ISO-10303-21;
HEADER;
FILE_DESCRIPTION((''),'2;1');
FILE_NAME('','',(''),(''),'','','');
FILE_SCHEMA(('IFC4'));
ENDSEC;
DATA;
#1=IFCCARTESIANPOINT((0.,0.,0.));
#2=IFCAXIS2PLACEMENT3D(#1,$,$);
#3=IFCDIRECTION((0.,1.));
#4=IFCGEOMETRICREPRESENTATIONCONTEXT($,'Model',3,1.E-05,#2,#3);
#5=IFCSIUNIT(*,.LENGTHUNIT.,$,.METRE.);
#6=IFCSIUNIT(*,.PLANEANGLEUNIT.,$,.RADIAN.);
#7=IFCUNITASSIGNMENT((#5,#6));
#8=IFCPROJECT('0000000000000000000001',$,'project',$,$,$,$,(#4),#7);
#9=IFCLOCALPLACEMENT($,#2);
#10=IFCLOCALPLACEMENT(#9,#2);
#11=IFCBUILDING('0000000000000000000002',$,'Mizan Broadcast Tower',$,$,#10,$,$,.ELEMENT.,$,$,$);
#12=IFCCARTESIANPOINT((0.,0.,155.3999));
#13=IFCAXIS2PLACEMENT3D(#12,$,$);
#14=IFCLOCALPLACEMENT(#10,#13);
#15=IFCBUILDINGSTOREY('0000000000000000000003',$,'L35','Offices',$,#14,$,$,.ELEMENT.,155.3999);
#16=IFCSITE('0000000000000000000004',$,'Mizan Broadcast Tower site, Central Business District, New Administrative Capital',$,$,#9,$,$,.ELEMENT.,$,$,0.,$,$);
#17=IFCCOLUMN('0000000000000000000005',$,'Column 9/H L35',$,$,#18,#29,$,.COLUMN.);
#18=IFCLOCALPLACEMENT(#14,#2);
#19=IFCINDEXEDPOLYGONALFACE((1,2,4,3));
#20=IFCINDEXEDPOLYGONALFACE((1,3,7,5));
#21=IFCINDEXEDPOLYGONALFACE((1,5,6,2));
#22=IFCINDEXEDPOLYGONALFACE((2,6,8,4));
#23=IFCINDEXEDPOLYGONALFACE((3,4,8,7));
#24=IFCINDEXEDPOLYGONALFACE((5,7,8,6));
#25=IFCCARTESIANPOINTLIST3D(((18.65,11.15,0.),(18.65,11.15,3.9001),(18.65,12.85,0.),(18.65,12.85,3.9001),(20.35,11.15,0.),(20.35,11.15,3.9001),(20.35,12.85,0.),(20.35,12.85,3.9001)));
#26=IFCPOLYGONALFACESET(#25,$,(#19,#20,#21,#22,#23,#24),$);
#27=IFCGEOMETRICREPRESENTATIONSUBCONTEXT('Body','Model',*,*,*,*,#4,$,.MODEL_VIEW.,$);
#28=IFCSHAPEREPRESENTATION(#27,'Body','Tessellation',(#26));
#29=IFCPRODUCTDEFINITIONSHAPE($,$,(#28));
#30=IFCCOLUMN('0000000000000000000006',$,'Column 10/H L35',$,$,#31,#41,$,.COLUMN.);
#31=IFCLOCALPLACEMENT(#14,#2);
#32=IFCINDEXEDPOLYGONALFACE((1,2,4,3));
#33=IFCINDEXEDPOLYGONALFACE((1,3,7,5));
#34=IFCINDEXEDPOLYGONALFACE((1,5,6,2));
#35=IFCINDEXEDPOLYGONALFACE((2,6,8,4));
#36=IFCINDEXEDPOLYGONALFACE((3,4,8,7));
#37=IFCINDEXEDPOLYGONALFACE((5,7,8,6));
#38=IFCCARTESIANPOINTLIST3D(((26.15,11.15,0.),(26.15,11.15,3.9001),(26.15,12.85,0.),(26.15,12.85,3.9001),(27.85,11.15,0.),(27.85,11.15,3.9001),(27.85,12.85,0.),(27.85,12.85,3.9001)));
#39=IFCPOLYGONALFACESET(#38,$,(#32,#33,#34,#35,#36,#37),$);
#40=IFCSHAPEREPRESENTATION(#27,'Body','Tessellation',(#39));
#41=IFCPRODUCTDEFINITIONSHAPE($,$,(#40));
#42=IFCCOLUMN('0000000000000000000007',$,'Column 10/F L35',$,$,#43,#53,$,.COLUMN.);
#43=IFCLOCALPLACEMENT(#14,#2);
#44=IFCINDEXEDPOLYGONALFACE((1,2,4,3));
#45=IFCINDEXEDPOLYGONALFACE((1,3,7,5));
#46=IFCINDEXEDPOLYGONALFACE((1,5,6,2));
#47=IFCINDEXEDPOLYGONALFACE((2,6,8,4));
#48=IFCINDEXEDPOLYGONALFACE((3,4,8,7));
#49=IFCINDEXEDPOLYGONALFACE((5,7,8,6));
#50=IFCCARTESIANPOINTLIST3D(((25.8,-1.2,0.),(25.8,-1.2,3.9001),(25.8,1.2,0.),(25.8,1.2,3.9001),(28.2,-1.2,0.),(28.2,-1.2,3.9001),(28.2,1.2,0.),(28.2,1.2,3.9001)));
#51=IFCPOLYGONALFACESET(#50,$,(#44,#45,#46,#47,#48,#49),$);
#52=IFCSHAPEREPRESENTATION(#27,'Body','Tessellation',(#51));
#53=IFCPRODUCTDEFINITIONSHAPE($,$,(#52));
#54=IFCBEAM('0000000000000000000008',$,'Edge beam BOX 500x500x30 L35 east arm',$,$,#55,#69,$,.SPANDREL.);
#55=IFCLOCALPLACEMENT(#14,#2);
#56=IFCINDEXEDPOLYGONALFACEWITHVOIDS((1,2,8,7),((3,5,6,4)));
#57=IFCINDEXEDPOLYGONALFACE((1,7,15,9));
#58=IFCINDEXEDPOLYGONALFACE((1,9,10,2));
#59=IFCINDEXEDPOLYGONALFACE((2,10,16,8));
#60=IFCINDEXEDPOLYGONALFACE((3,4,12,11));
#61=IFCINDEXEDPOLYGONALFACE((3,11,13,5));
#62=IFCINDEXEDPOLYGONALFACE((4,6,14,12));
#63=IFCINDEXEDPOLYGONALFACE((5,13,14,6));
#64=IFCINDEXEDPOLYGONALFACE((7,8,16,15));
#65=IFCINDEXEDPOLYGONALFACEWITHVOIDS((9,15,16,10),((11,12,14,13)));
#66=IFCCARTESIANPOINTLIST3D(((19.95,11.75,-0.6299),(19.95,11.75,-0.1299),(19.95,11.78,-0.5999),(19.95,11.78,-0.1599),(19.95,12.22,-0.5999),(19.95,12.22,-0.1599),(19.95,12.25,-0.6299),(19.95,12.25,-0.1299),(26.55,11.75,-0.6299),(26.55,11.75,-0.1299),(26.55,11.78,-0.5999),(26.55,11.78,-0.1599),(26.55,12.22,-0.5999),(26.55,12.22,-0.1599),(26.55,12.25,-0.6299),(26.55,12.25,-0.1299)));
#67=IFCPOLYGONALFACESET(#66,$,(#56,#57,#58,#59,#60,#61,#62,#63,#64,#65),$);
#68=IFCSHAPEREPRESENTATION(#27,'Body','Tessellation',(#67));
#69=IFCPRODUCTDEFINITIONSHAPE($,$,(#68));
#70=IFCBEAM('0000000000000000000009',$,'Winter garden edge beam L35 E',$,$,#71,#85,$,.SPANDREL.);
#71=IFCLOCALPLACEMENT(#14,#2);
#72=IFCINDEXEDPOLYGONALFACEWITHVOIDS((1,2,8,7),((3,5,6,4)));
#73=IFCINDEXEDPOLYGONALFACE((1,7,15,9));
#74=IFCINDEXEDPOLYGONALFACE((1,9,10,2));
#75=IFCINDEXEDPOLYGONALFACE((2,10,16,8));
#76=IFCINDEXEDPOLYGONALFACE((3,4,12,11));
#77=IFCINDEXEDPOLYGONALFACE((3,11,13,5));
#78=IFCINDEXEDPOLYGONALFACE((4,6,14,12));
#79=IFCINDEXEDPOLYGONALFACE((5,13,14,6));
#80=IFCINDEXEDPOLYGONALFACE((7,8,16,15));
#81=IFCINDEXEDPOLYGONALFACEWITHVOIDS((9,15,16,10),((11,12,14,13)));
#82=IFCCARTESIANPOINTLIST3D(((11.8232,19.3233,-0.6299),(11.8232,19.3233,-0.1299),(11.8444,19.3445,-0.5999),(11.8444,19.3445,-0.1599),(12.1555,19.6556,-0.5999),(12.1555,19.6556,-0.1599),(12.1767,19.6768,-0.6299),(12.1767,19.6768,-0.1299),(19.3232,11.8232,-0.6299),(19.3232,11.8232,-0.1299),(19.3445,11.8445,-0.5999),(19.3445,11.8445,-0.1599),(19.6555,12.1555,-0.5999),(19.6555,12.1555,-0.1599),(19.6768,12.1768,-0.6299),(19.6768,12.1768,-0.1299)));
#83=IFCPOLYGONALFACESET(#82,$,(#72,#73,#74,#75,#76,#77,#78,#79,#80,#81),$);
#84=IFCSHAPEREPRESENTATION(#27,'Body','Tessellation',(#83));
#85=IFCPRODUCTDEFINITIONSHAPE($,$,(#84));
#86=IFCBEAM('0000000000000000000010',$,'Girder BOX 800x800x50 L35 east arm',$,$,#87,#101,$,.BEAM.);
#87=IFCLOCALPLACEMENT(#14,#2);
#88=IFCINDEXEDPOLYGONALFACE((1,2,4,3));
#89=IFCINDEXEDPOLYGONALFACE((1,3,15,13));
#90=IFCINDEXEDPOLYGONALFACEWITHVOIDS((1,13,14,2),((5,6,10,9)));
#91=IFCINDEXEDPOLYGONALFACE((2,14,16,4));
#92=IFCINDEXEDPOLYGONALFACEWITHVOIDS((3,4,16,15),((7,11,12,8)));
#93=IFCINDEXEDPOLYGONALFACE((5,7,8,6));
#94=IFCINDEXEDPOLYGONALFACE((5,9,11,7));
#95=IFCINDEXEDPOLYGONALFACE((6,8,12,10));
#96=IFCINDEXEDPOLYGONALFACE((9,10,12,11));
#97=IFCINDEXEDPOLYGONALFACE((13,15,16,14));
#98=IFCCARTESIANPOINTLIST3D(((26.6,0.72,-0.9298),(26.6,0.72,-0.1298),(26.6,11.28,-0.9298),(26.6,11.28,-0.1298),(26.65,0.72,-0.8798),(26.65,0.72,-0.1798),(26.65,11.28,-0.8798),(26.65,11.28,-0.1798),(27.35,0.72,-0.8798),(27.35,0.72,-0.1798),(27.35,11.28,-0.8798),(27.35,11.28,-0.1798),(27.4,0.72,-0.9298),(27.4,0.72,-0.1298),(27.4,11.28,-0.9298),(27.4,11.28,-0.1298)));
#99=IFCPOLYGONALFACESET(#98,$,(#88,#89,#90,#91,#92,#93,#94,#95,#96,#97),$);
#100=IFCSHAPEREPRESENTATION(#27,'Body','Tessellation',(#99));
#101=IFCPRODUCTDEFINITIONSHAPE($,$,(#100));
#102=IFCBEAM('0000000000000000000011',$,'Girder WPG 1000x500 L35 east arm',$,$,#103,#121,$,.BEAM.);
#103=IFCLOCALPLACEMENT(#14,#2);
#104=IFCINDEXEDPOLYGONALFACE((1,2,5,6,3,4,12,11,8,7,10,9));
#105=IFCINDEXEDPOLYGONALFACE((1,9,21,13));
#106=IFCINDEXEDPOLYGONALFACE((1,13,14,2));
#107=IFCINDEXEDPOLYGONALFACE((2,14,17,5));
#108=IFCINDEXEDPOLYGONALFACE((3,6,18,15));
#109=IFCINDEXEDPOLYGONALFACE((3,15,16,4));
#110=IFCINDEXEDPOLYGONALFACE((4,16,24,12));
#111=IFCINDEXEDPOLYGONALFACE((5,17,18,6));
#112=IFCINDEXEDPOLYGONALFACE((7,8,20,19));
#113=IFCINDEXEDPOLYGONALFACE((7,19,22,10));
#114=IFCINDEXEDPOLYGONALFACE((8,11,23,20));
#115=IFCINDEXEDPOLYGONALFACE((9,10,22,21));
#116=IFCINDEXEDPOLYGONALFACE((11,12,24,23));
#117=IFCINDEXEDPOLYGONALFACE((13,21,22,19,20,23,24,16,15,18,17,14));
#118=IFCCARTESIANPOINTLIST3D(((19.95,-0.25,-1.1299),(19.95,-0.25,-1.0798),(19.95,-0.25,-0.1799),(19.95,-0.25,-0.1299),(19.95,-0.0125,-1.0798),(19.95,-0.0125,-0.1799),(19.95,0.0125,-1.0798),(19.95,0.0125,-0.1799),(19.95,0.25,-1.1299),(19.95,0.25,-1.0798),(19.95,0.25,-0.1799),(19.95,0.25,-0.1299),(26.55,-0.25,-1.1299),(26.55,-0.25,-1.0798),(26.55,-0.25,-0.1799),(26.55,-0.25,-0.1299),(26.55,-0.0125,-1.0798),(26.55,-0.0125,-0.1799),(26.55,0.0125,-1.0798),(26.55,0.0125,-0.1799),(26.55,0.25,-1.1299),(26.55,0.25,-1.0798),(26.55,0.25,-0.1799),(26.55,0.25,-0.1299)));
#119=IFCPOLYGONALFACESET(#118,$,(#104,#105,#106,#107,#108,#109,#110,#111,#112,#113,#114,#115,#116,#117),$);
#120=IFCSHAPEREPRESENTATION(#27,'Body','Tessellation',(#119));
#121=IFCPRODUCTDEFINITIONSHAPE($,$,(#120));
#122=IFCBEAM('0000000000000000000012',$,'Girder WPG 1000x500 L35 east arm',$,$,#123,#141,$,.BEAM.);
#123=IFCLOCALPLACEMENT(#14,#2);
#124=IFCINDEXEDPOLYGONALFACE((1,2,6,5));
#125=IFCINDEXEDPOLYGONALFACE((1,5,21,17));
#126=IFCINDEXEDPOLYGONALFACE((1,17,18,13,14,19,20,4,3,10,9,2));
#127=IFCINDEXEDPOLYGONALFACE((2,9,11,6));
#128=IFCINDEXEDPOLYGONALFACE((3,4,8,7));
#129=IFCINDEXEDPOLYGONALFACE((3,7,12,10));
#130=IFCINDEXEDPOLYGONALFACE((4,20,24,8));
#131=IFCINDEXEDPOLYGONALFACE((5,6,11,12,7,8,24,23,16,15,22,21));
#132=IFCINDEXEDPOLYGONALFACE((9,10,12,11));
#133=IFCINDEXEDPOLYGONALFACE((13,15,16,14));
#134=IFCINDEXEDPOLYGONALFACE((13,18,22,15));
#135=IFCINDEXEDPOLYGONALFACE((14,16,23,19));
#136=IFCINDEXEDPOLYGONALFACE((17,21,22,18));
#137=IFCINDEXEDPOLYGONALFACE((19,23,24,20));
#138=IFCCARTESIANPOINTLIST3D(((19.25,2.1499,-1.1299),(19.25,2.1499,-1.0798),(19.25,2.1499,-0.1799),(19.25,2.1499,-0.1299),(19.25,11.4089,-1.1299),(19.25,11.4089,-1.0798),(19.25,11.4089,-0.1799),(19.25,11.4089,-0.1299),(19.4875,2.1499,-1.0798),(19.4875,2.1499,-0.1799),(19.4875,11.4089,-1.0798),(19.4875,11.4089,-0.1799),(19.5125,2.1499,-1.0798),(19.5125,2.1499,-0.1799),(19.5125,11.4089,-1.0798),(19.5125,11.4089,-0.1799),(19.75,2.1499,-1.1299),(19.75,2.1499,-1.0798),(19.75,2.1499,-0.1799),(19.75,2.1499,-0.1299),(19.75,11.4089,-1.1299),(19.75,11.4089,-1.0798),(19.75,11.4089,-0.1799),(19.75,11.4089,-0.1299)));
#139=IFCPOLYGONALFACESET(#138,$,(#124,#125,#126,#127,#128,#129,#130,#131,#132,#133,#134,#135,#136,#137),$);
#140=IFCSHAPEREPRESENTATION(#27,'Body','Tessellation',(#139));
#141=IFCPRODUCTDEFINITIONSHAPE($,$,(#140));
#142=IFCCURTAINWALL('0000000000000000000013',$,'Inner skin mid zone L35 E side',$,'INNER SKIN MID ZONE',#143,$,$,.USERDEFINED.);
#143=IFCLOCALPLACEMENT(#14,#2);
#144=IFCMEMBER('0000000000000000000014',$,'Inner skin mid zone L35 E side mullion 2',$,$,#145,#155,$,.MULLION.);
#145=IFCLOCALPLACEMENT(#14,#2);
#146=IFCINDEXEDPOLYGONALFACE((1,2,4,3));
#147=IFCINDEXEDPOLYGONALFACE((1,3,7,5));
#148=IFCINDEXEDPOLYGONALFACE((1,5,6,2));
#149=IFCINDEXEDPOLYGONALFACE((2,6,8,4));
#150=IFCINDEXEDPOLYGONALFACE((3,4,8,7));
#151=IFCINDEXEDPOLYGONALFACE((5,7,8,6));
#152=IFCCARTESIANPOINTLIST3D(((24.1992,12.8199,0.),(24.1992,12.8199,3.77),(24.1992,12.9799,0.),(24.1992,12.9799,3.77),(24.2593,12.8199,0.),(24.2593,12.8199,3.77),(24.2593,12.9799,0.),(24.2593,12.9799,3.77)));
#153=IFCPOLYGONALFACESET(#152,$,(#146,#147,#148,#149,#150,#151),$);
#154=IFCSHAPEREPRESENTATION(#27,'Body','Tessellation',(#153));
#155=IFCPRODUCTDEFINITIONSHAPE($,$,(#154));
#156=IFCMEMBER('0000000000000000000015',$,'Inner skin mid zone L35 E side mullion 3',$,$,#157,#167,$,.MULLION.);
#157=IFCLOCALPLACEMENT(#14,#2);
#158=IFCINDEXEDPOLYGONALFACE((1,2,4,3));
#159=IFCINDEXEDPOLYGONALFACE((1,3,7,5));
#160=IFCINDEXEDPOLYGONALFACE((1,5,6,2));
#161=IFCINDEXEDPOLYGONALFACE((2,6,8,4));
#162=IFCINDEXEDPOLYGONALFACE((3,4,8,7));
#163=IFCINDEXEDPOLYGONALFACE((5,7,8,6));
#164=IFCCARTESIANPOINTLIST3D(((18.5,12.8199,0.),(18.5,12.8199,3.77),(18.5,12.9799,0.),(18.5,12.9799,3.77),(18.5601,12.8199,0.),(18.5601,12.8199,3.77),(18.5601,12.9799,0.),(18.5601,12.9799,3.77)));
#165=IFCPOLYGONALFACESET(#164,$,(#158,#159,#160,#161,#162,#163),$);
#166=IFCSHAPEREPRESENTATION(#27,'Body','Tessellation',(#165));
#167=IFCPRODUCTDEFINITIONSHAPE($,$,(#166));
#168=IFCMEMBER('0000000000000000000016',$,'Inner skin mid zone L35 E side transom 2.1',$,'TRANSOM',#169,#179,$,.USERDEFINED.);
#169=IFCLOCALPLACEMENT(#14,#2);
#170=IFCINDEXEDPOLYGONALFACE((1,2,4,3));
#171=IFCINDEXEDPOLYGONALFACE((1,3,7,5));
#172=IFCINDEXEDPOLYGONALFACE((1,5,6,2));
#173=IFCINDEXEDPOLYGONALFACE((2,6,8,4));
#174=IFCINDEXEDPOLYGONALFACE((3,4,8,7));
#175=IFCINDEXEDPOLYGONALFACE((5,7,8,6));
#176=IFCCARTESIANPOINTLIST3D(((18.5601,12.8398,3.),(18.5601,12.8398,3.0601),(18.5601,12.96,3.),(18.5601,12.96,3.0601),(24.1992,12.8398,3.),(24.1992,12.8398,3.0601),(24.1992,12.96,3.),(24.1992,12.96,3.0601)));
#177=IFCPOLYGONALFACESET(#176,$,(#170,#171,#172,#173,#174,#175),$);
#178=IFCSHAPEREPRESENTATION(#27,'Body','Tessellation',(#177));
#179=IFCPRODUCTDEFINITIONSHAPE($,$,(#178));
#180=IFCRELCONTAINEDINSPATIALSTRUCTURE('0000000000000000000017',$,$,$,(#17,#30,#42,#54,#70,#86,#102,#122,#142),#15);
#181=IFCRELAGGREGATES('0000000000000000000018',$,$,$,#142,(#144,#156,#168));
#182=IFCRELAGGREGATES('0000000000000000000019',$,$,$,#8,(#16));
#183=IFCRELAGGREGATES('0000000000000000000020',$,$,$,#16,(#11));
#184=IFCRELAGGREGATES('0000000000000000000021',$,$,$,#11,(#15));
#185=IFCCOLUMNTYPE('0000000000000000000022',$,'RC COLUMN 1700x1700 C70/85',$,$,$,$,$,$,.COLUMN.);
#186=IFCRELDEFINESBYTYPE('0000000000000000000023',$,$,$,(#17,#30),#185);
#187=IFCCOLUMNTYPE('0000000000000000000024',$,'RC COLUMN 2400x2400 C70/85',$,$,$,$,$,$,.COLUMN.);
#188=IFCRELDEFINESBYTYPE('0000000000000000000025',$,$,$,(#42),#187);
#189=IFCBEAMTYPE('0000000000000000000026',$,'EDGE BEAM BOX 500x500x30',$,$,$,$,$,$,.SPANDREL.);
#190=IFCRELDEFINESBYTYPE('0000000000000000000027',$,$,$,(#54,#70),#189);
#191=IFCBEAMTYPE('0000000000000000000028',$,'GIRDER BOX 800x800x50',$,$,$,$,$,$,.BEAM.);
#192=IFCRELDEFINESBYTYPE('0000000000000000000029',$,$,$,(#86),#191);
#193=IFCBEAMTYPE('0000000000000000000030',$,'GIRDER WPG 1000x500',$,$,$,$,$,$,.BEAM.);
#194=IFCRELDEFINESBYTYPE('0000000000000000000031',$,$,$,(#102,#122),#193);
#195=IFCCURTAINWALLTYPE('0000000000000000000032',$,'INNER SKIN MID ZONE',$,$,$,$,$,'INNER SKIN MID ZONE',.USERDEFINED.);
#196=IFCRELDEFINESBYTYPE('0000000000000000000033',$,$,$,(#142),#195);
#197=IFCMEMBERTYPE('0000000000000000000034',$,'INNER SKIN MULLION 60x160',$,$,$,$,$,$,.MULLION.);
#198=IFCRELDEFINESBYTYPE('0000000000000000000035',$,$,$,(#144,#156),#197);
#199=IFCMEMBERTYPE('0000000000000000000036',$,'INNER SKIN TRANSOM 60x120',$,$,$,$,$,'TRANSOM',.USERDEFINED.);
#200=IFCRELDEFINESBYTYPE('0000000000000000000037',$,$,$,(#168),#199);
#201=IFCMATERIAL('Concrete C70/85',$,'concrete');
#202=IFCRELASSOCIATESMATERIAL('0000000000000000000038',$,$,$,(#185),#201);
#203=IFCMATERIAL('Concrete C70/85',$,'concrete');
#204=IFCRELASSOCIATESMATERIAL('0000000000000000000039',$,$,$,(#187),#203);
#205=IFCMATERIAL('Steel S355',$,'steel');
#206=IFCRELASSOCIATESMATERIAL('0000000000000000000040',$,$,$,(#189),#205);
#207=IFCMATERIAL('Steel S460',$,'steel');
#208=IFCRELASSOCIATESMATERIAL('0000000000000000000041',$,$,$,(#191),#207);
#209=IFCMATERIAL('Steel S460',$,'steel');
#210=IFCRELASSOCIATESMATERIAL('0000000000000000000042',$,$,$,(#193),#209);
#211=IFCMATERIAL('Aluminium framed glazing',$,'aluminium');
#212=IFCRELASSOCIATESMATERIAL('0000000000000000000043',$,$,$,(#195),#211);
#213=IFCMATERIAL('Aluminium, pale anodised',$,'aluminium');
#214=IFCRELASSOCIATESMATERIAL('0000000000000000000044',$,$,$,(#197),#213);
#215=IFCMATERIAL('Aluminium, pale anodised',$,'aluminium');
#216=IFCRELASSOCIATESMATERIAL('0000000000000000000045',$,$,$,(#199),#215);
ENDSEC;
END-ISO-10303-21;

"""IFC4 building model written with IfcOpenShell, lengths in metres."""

from ifc_helpers import new_model, si_unit, direction, frame, origin, origin_2d, place, context, subcontext, project, spatial, rectangle, hollow_rectangle, i_section, extrude, material, material_profile, profile_set, type_object, element, aggregate, save


model = new_model("IFC4")

# Units and contexts
model_context = context("Model", 3, precision=1e-05, world=origin(), true_north=direction((0.0, 1.0)))
body_context = subcontext(model_context, "Body", "Model", "MODEL_VIEW")
ifc_project = project(units=[si_unit("LENGTHUNIT", "METRE"), si_unit("PLANEANGLEUNIT", "RADIAN")], contexts=[model_context])

# Site, building, storey
site_placement = place(None, origin())
site = spatial("IfcSite", under=ifc_project, at=site_placement, Name="Mizan Broadcast Tower site, Central Business District, New Administrative Capital", CompositionType="ELEMENT", RefElevation=0.0)
building_placement = place(site_placement, origin())
building = spatial("IfcBuilding", under=site, at=building_placement, Name="Mizan Broadcast Tower", CompositionType="ELEMENT")
storey_placement = place(building_placement, frame((0.0, 0.0, 155.3999)))
storey = spatial("IfcBuildingStorey", under=building, at=storey_placement, Name="L35", Description="Offices", CompositionType="ELEMENT", Elevation=155.3999)

# Columns
ifc_material_1 = material(Name="Concrete C70/85", Category="concrete")
ifc_material_profile_1 = material_profile(ifc_material_1, rectangle(XDim=1.7, YDim=1.7, at=origin_2d()), Name="RC 1700x1700")
ifc_profile_set_1 = profile_set([ifc_material_profile_1], Name="Concrete C70/85")
column_type_1 = type_object("IfcColumnType", Name="RC COLUMN 1700x1700 C70/85", PredefinedType="COLUMN", material=ifc_profile_set_1)
for number, where, z_axis, x_axis, name in (
    (1, (19.5, 12.0, 0.0), (0.0, 0.0, 1.0), (1.0, 0.0, 0.0), "Column 9/H L35"),
    (2, (27.0, 12.0, 0.0), (0.0, 0.0, 1.0), (1.0, 0.0, 0.0), "Column 10/H L35"),
):
    element("IfcColumn", number, at=place(storey_placement, frame(where, z_axis=z_axis, x_axis=x_axis)), inside=storey, type_object=column_type_1, Name=name, PredefinedType="COLUMN", context=body_context, shape_type="SweptSolid", body=[
        extrude(rectangle(XDim=1.7, YDim=1.7, at=origin_2d()), origin(), (0.0, 0.0, 1.0), 3.9001),
    ])
ifc_material_2 = material(Name="Concrete C70/85", Category="concrete")
ifc_material_profile_2 = material_profile(ifc_material_2, rectangle(XDim=2.3999, YDim=2.3999, at=origin_2d()), Name="RC 2400x2400")
ifc_profile_set_2 = profile_set([ifc_material_profile_2], Name="Concrete C70/85")
column_type_2 = type_object("IfcColumnType", Name="RC COLUMN 2400x2400 C70/85", PredefinedType="COLUMN", material=ifc_profile_set_2)
column_placement = place(storey_placement, frame((27.0, 0.0, 0.0), z_axis=(0.0, 0.0, 1.0), x_axis=(1.0, 0.0, 0.0)))
element("IfcColumn", 3, at=column_placement, inside=storey, type_object=column_type_2, Name="Column 10/F L35", PredefinedType="COLUMN", context=body_context, shape_type="SweptSolid", body=[
    extrude(rectangle(XDim=2.3999, YDim=2.3999, at=origin_2d()), origin(), (0.0, 0.0, 1.0), 3.9001),
])

# Beams
ifc_material_3 = material(Name="Steel S355", Category="steel")
ifc_material_profile_3 = material_profile(ifc_material_3, hollow_rectangle(XDim=0.5, YDim=0.5, WallThickness=0.03, at=origin_2d()), Name="BOX 500x500x30")
ifc_profile_set_3 = profile_set([ifc_material_profile_3], Name="Steel S355")
beam_type_1 = type_object("IfcBeamType", Name="EDGE BEAM BOX 500x500x30", PredefinedType="SPANDREL", material=ifc_profile_set_3)
beam_1_placement = place(storey_placement, frame((19.95, 12.0, -0.3799), z_axis=(1.0, 0.0, 0.0), x_axis=(0.0, 1.0, 0.0)))
element("IfcBeam", 4, at=beam_1_placement, inside=storey, type_object=beam_type_1, Name="Edge beam BOX 500x500x30 L35 east arm", PredefinedType="SPANDREL", context=body_context, shape_type="SweptSolid", body=[
    extrude(hollow_rectangle(XDim=0.5, YDim=0.5, WallThickness=0.03, at=origin_2d()), origin(), (0.0, 0.0, 1.0), 6.6001),
])
beam_2_placement = place(storey_placement, frame((19.5, 12.0, -0.3799), z_axis=(-0.707107, 0.707107, 0.0), x_axis=(-0.707107, -0.707107, 0.0)))
element("IfcBeam", 5, at=beam_2_placement, inside=storey, type_object=beam_type_1, Name="Winter garden edge beam L35 E", PredefinedType="SPANDREL", context=body_context, shape_type="SweptSolid", body=[
    extrude(hollow_rectangle(XDim=0.5, YDim=0.5, WallThickness=0.03, at=origin_2d()), origin(), (0.0, 0.0, 1.0), 10.6067),
])
ifc_material_4 = material(Name="Steel S460", Category="steel")
ifc_material_profile_4 = material_profile(ifc_material_4, hollow_rectangle(XDim=0.8, YDim=0.8, WallThickness=0.05, at=origin_2d()), Name="BOX 800x800x50")
ifc_profile_set_4 = profile_set([ifc_material_profile_4], Name="Steel S460")
beam_type_2 = type_object("IfcBeamType", Name="GIRDER BOX 800x800x50", PredefinedType="BEAM", material=ifc_profile_set_4)
beam_3_placement = place(storey_placement, frame((27.0, 11.28, -0.5298), z_axis=(0.0, -1.0, 0.0), x_axis=(1.0, 0.0, 0.0)))
element("IfcBeam", 6, at=beam_3_placement, inside=storey, type_object=beam_type_2, Name="Girder BOX 800x800x50 L35 east arm", PredefinedType="BEAM", context=body_context, shape_type="SweptSolid", body=[
    extrude(hollow_rectangle(XDim=0.8, YDim=0.8, WallThickness=0.05, at=origin_2d()), origin(), (0.0, 0.0, 1.0), 10.5601),
])
ifc_material_5 = material(Name="Steel S460", Category="steel")
ifc_material_profile_5 = material_profile(ifc_material_5, i_section(OverallWidth=0.5, OverallDepth=1.0, WebThickness=0.0249, FlangeThickness=0.05, at=origin_2d()), Name="WPG 1000x500")
ifc_profile_set_5 = profile_set([ifc_material_profile_5], Name="Steel S460")
beam_type_3 = type_object("IfcBeamType", Name="GIRDER WPG 1000x500", PredefinedType="BEAM", material=ifc_profile_set_5)
beam_4_placement = place(storey_placement, frame((19.95, 0.0, -0.6299), z_axis=(1.0, 0.0, 0.0), x_axis=(0.0, 1.0, 0.0)))
element("IfcBeam", 7, at=beam_4_placement, inside=storey, type_object=beam_type_3, Name="Girder WPG 1000x500 L35 east arm", PredefinedType="BEAM", context=body_context, shape_type="SweptSolid", body=[
    extrude(i_section(OverallWidth=0.5, OverallDepth=1.0, WebThickness=0.0249, FlangeThickness=0.05, at=origin_2d()), origin(), (0.0, 0.0, 1.0), 6.6001),
])
beam_5_placement = place(storey_placement, frame((19.5, 11.4089, -0.6299), z_axis=(0.0, -1.0, 0.0), x_axis=(1.0, 0.0, 0.0)))
element("IfcBeam", 8, at=beam_5_placement, inside=storey, type_object=beam_type_3, Name="Girder WPG 1000x500 L35 east arm", PredefinedType="BEAM", context=body_context, shape_type="SweptSolid", body=[
    extrude(i_section(OverallWidth=0.5, OverallDepth=1.0, WebThickness=0.0249, FlangeThickness=0.05, at=origin_2d()), origin(), (0.0, 0.0, 1.0), 9.259),
])

# Curtain wall, members
ifc_material_6 = material(Name="Aluminium framed glazing", Category="aluminium")
curtain_wall_type_1 = type_object("IfcCurtainWallType", Name="INNER SKIN MID ZONE", ElementType="INNER SKIN MID ZONE", PredefinedType="USERDEFINED", material=ifc_material_6)
curtain_wall_1_placement = place(storey_placement, origin())
curtain_wall_1 = element("IfcCurtainWall", 9, at=curtain_wall_1_placement, inside=storey, type_object=curtain_wall_type_1, Name="Inner skin mid zone L35 E side", ObjectType="INNER SKIN MID ZONE", PredefinedType="USERDEFINED")
ifc_material_7 = material(Name="Aluminium, pale anodised", Category="aluminium")
ifc_material_profile_6 = material_profile(ifc_material_7, rectangle(XDim=0.1599, YDim=0.0601, at=origin_2d()), Name="MULLION 160x60")
ifc_profile_set_6 = profile_set([ifc_material_profile_6], Name="Aluminium, pale anodised")
member_type_1 = type_object("IfcMemberType", Name="INNER SKIN MULLION 60x160", PredefinedType="MULLION", material=ifc_profile_set_6)
member_1_placement = place(storey_placement, frame((24.2292, 12.8999, 0.0), z_axis=(0.0, 0.0, 1.0), x_axis=(0.0, -1.0, 0.0)))
member_1 = element("IfcMember", 10, at=member_1_placement, type_object=member_type_1, Name="Inner skin mid zone L35 E side mullion 2", PredefinedType="MULLION", context=body_context, shape_type="SweptSolid", body=[
    extrude(rectangle(XDim=0.1599, YDim=0.0601, at=origin_2d()), origin(), (0.0, 0.0, 1.0), 3.77),
])
member_2_placement = place(storey_placement, frame((18.53, 12.8999, 0.0), z_axis=(0.0, 0.0, 1.0), x_axis=(0.0, -1.0, 0.0)))
member_2 = element("IfcMember", 11, at=member_2_placement, type_object=member_type_1, Name="Inner skin mid zone L35 E side mullion 3", PredefinedType="MULLION", context=body_context, shape_type="SweptSolid", body=[
    extrude(rectangle(XDim=0.1599, YDim=0.0601, at=origin_2d()), origin(), (0.0, 0.0, 1.0), 3.77),
])
ifc_material_8 = material(Name="Aluminium, pale anodised", Category="aluminium")
ifc_material_profile_7 = material_profile(ifc_material_8, rectangle(XDim=0.1201, YDim=0.0601, at=origin_2d()), Name="TRANSOM 120x60")
ifc_profile_set_7 = profile_set([ifc_material_profile_7], Name="Aluminium, pale anodised")
member_type_2 = type_object("IfcMemberType", Name="INNER SKIN TRANSOM 60x120", ElementType="TRANSOM", PredefinedType="USERDEFINED", material=ifc_profile_set_7)
member_3_placement = place(storey_placement, frame((24.1992, 12.8999, 3.03), z_axis=(-1.0, 0.0, 0.0), x_axis=(0.0, -1.0, 0.0)))
member_3 = element("IfcMember", 12, at=member_3_placement, type_object=member_type_2, Name="Inner skin mid zone L35 E side transom 2.1", ObjectType="TRANSOM", PredefinedType="USERDEFINED", context=body_context, shape_type="SweptSolid", body=[
    extrude(rectangle(XDim=0.1201, YDim=0.0601, at=origin_2d()), origin(), (0.0, 0.0, 1.0), 5.6392),
])

aggregate(curtain_wall_1, [member_1, member_2, member_3])

save(model, "model.ifc")
